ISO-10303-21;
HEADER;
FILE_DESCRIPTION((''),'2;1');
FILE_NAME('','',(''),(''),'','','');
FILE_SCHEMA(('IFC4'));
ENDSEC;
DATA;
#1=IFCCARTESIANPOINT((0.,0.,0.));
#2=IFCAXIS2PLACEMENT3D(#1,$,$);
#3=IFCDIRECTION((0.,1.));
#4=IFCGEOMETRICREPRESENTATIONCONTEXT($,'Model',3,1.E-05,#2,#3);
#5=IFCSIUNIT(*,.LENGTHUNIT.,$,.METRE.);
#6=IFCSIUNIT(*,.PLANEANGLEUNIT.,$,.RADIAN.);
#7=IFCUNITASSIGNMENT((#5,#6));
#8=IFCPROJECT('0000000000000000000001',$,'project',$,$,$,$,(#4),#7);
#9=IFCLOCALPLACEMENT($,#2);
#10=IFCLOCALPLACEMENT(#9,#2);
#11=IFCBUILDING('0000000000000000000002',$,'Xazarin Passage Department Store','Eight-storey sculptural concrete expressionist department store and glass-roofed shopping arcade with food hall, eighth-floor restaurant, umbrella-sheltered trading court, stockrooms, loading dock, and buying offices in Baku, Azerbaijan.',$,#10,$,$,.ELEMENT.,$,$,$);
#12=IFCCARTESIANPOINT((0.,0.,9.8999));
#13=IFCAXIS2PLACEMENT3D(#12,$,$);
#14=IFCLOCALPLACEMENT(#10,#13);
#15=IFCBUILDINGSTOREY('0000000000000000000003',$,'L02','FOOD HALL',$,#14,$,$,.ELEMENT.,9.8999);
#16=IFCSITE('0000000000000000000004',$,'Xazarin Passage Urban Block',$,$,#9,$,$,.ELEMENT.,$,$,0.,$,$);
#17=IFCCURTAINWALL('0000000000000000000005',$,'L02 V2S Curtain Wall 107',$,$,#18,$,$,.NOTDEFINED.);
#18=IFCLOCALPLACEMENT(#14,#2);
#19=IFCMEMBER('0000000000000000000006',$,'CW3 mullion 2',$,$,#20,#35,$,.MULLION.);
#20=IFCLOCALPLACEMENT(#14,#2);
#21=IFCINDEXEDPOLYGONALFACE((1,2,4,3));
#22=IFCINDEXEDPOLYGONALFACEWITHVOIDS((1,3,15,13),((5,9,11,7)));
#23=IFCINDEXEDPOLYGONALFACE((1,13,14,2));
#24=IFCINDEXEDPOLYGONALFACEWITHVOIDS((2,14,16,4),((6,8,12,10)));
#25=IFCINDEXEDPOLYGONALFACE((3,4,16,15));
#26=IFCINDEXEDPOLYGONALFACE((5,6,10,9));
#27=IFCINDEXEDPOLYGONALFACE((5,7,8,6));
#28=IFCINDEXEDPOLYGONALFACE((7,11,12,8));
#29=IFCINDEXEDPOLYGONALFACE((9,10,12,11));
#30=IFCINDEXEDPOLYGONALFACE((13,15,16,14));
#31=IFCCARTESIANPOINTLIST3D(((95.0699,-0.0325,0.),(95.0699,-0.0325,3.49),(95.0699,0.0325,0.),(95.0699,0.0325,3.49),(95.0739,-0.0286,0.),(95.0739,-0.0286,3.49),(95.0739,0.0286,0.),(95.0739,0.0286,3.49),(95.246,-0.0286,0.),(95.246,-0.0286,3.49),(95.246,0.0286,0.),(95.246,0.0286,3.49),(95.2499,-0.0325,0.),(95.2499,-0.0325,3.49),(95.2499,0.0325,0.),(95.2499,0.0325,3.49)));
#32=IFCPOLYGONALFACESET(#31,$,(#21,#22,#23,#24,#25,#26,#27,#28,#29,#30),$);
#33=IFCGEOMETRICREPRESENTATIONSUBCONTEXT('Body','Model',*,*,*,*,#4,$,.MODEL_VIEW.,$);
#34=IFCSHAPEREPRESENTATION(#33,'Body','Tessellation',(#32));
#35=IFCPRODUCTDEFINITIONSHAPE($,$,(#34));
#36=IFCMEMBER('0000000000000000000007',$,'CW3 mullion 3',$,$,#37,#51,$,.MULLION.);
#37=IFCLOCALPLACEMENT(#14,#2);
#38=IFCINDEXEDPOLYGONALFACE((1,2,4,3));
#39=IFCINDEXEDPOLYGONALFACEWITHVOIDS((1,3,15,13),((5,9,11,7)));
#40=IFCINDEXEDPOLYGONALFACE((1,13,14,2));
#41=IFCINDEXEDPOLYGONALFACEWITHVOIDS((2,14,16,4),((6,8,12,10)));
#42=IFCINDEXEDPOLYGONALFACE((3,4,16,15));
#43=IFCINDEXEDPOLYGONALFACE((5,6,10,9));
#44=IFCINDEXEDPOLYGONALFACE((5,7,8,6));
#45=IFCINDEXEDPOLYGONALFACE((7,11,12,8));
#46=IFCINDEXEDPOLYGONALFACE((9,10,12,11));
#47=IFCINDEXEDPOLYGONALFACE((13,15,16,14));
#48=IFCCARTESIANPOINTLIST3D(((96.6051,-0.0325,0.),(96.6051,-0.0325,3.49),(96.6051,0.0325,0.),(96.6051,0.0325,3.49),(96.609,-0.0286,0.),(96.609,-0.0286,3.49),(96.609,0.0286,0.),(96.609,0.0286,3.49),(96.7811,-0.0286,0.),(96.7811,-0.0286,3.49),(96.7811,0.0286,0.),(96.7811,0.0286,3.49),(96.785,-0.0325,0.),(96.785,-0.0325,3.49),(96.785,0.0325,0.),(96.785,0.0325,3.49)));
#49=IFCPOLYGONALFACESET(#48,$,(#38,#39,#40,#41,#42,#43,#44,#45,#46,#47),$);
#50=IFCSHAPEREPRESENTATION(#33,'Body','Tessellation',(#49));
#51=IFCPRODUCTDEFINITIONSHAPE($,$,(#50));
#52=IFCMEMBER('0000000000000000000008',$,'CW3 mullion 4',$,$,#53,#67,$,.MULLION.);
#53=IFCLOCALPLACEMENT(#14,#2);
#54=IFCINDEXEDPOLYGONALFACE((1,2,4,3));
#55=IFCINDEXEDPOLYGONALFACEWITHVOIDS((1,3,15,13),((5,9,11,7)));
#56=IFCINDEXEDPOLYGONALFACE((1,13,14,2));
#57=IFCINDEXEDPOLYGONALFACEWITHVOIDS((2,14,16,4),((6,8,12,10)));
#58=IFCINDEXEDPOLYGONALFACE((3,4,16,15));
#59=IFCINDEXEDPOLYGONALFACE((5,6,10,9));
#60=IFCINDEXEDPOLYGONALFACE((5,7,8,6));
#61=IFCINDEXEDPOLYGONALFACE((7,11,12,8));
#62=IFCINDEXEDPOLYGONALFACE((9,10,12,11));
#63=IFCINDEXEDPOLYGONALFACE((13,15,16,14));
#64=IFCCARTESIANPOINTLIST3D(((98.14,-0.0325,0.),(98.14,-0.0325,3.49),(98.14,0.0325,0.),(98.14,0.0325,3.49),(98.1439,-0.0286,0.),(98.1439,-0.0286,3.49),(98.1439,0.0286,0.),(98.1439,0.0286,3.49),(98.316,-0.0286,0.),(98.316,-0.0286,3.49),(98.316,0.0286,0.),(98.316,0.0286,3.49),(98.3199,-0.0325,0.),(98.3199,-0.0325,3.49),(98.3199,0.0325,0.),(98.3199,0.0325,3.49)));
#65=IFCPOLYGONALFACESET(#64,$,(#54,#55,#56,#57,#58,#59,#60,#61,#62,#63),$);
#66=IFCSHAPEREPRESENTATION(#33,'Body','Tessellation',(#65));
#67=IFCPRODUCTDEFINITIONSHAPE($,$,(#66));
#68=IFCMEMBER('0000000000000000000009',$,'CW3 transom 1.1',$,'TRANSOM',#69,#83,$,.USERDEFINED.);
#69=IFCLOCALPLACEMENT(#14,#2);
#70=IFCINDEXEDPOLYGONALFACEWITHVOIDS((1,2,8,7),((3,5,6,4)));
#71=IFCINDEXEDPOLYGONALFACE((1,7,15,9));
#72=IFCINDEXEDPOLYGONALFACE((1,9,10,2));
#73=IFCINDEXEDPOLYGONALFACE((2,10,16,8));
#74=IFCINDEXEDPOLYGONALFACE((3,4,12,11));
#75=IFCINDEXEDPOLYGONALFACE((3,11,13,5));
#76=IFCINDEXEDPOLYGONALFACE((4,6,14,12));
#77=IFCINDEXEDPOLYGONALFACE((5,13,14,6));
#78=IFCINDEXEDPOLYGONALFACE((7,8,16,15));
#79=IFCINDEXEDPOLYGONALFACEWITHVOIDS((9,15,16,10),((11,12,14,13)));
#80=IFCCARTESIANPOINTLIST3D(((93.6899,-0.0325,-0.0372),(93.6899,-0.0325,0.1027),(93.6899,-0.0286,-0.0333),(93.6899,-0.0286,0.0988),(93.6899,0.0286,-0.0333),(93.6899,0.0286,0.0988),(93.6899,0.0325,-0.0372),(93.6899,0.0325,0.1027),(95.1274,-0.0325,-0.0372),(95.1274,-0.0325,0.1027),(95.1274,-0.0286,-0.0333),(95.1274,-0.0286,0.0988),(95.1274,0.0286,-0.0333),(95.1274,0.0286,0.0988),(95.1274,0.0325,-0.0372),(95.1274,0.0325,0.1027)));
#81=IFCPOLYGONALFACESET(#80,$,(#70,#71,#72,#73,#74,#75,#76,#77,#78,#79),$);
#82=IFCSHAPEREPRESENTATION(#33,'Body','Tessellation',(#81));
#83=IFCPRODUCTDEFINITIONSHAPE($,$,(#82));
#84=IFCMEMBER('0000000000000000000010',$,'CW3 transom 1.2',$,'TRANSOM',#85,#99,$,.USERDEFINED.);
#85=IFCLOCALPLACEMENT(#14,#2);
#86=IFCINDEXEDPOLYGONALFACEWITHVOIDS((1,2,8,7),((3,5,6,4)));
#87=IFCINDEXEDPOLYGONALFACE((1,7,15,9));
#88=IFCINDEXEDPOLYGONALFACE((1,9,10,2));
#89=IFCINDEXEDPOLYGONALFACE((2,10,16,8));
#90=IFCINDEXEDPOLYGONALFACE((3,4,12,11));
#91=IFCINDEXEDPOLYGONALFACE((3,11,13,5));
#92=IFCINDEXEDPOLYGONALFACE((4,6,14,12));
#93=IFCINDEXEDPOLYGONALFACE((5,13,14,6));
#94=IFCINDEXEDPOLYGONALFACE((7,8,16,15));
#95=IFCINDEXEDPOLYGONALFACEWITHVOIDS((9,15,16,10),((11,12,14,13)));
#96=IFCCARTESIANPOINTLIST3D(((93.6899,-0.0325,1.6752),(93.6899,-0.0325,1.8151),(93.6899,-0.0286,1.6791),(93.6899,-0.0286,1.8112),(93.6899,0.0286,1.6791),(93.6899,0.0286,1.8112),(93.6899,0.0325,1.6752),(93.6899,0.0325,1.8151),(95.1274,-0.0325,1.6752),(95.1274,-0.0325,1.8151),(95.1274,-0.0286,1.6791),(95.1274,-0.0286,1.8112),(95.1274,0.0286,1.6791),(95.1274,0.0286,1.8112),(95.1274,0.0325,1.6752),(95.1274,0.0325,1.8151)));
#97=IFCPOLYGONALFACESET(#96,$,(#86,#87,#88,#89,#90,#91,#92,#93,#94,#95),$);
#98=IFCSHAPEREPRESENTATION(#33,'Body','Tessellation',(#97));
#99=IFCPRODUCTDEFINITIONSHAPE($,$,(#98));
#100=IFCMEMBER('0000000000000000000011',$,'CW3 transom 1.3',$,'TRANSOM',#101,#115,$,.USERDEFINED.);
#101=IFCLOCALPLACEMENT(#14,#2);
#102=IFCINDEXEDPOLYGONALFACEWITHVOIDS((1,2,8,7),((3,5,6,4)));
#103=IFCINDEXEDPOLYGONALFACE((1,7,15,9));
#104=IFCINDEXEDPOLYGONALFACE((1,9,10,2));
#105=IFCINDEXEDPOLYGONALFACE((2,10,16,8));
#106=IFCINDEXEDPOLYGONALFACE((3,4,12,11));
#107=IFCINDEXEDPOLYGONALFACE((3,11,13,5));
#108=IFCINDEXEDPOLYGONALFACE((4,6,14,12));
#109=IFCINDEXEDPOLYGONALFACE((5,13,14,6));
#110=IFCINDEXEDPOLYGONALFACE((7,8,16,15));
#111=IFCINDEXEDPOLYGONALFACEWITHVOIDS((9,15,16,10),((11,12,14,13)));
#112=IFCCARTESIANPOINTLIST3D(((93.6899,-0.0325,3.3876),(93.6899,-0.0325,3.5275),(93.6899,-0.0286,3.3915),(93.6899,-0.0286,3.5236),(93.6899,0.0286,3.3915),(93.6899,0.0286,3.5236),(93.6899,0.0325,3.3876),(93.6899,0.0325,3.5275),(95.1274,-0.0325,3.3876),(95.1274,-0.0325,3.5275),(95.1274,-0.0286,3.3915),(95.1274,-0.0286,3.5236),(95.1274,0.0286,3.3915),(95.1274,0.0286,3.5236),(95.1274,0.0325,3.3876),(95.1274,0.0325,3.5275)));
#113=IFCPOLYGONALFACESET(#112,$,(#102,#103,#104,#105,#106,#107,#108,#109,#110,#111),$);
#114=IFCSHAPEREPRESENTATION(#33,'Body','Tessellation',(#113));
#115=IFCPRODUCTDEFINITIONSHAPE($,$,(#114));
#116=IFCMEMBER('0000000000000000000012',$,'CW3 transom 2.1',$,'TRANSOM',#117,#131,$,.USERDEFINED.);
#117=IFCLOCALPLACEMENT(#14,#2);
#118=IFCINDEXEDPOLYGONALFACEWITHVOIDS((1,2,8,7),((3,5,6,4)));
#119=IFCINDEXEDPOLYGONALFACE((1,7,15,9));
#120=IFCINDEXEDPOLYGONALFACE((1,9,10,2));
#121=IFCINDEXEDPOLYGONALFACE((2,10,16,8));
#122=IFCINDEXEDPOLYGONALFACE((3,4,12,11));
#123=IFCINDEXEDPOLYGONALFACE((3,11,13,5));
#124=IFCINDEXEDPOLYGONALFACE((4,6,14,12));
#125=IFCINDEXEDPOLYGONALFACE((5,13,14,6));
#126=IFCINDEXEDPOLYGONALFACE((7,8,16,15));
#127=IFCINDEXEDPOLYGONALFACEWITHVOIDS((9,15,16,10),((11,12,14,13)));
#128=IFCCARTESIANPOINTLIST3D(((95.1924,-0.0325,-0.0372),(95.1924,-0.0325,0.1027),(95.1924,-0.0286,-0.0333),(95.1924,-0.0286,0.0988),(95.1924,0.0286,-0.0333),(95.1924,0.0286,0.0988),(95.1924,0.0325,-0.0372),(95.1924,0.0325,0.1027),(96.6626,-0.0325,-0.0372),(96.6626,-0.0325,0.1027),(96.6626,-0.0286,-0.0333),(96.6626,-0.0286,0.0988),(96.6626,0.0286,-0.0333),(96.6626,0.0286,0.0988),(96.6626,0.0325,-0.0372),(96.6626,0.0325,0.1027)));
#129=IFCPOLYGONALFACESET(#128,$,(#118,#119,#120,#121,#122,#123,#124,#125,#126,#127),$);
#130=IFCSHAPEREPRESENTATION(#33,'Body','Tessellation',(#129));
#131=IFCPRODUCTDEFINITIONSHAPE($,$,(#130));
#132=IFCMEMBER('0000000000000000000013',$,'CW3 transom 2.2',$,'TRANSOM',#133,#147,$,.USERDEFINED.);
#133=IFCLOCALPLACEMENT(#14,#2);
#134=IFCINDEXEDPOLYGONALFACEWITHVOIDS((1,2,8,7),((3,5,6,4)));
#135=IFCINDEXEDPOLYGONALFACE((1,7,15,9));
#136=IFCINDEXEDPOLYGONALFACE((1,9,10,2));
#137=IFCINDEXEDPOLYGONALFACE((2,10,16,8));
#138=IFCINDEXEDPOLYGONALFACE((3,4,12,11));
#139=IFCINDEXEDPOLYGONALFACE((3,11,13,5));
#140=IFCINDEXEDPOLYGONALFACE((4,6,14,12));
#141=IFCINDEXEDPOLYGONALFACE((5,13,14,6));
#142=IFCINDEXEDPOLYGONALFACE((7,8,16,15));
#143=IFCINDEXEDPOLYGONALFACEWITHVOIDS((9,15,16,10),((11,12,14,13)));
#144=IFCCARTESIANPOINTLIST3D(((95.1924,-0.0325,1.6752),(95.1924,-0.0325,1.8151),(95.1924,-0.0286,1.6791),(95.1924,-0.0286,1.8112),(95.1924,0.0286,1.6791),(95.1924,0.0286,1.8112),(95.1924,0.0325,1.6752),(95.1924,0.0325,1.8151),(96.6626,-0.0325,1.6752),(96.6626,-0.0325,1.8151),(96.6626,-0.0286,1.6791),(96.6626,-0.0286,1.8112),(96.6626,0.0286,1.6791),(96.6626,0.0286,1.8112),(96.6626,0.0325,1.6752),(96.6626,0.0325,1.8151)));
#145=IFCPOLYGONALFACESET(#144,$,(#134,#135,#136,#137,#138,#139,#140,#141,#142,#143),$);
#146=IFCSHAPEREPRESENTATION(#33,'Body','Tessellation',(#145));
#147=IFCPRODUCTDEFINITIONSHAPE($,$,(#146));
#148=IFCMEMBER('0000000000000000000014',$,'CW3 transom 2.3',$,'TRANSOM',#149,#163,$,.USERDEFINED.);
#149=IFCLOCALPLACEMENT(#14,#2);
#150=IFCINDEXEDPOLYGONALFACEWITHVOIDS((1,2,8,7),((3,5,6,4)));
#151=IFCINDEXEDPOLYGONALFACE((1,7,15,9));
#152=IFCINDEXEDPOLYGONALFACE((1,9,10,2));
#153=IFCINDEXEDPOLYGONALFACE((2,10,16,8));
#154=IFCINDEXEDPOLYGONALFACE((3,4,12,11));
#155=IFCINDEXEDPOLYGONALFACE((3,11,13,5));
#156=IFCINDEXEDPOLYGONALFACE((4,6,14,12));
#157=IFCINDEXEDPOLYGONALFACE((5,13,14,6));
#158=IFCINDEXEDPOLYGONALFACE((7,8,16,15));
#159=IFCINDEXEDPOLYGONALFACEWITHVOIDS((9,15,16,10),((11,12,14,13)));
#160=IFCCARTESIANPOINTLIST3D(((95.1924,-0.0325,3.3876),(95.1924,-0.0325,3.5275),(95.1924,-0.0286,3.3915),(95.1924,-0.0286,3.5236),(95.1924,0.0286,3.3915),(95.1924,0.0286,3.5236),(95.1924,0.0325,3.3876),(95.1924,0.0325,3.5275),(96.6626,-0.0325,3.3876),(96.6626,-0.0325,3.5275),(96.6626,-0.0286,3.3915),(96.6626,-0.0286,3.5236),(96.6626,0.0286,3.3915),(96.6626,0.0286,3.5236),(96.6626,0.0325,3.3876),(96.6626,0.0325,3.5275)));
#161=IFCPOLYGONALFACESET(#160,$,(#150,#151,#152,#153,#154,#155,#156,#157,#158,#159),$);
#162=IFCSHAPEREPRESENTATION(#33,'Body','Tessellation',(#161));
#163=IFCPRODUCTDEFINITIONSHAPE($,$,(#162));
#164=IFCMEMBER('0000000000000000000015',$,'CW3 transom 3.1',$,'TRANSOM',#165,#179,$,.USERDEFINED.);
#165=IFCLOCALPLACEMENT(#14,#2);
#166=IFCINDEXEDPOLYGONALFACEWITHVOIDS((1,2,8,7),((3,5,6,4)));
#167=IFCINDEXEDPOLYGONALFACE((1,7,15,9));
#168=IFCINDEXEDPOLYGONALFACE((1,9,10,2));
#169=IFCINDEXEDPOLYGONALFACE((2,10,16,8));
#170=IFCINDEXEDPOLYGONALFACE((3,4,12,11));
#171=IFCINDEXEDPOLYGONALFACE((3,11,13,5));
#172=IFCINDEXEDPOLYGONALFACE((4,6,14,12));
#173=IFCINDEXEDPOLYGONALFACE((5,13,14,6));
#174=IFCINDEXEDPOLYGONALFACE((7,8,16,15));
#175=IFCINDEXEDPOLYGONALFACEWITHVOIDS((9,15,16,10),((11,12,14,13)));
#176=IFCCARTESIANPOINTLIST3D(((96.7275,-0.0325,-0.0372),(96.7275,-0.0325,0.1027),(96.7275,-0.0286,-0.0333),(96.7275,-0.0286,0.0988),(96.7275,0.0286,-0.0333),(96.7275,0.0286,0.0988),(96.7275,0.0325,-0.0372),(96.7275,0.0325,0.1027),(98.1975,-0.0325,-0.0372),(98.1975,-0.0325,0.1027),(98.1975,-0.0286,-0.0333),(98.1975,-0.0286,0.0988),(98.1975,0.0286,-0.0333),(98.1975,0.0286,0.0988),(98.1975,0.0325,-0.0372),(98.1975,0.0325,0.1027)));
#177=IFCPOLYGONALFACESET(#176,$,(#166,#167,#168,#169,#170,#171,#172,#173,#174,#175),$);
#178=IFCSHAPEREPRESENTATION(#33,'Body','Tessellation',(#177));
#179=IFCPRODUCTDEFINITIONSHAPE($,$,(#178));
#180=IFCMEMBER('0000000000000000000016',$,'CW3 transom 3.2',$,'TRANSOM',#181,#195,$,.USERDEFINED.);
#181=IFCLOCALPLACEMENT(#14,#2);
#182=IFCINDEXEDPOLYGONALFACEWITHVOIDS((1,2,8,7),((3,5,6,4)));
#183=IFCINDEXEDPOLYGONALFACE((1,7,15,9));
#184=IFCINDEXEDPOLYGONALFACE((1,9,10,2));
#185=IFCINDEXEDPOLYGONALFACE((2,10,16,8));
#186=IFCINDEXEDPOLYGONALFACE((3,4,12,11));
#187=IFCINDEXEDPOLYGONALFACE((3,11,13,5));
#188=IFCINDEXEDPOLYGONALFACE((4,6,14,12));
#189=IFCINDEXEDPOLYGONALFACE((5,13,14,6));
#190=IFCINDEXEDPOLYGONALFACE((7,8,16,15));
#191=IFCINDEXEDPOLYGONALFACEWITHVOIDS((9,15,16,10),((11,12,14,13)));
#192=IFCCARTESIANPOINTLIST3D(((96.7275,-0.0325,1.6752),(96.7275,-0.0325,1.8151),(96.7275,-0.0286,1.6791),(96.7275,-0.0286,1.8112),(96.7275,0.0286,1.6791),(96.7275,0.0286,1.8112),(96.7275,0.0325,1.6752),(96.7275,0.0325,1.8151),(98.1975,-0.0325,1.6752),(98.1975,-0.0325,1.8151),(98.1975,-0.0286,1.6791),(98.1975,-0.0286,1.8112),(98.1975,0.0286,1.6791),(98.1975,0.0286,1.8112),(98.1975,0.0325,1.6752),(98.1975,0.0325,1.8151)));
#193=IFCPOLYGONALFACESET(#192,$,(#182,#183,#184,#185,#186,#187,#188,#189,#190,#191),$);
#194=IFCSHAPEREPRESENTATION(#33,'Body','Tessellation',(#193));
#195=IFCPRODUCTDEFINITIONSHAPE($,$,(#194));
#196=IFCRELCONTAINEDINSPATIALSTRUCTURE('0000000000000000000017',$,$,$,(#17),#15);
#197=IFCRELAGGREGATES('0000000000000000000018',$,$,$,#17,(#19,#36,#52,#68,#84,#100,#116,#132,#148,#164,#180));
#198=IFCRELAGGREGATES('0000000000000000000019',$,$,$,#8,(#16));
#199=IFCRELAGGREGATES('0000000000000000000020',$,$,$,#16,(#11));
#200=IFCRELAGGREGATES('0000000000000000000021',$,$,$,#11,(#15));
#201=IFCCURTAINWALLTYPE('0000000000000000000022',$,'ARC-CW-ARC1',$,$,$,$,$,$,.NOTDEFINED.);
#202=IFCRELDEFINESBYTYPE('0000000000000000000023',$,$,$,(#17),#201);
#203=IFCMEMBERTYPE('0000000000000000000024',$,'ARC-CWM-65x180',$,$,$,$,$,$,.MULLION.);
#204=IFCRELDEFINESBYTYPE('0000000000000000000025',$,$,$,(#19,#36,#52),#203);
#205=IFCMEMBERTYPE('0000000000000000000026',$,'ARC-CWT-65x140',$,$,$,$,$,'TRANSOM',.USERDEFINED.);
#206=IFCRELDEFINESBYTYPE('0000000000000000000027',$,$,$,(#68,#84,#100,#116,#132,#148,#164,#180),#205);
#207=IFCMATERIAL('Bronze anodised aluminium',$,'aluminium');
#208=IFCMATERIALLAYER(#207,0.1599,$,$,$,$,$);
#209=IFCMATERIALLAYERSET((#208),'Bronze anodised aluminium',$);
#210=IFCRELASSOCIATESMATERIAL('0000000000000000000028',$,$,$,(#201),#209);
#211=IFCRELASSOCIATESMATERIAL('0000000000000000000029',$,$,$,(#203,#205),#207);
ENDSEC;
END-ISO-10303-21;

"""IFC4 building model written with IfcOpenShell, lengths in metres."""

from ifc_helpers import new_model, si_unit, direction, frame, origin, origin_2d, place, context, subcontext, project, spatial, hollow_rectangle, extrude, material, layer, layer_set, material_profile, profile_set, type_object, element, aggregate, save


model = new_model("IFC4")

# Units and contexts
model_context = context("Model", 3, precision=1e-05, world=origin(), true_north=direction((0.0, 1.0)))
body_context = subcontext(model_context, "Body", "Model", "MODEL_VIEW")
ifc_project = project(units=[si_unit("LENGTHUNIT", "METRE"), si_unit("PLANEANGLEUNIT", "RADIAN")], contexts=[model_context])

# Site, building, storey
site_placement = place(None, origin())
site = spatial("IfcSite", under=ifc_project, at=site_placement, Name="Xazarin Passage Urban Block", CompositionType="ELEMENT", RefElevation=0.0)
building_placement = place(site_placement, origin())
building = spatial("IfcBuilding", under=site, at=building_placement, Name="Xazarin Passage Department Store", Description="Eight-storey sculptural concrete expressionist department store and glass-roofed shopping arcade with food hall, eighth-floor restaurant, umbrella-sheltered trading court, stockrooms, loading dock, and buying offices in Baku, Azerbaijan.", CompositionType="ELEMENT")
storey_placement = place(building_placement, frame((0.0, 0.0, 9.8999)))
storey = spatial("IfcBuildingStorey", under=building, at=storey_placement, Name="L02", Description="FOOD HALL", CompositionType="ELEMENT", Elevation=9.8999)

# Curtain wall, members
ifc_material_1 = material(Name="Bronze anodised aluminium", Category="aluminium")
ifc_layer_1 = layer(ifc_material_1, 0.1599)
ifc_layer_set_1 = layer_set([ifc_layer_1], Name="Bronze anodised aluminium")
curtain_wall_type = type_object("IfcCurtainWallType", Name="ARC-CW-ARC1", PredefinedType="NOTDEFINED", material=ifc_layer_set_1)
curtain_wall_placement = place(storey_placement, origin())
curtain_wall = element("IfcCurtainWall", 1, at=curtain_wall_placement, inside=storey, type_object=curtain_wall_type, Name="L02 V2S Curtain Wall 107", PredefinedType="NOTDEFINED")
ifc_material_profile_1 = material_profile(ifc_material_1, hollow_rectangle(XDim=0.0649, YDim=0.1799, WallThickness=0.0039, at=origin_2d()), Name="ALU 65x180")
ifc_profile_set_1 = profile_set([ifc_material_profile_1], Name="Bronze anodised aluminium")
member_type_1 = type_object("IfcMemberType", Name="ARC-CWM-65x180", PredefinedType="MULLION", material=ifc_profile_set_1)
member_1_placement = place(storey_placement, frame((95.1599, 0.0, 0.0), z_axis=(0.0, 0.0, 1.0), x_axis=(0.0, 1.0, 0.0)))
member_1 = element("IfcMember", 2, at=member_1_placement, type_object=member_type_1, Name="CW3 mullion 2", PredefinedType="MULLION", context=body_context, shape_type="SweptSolid", body=[
    extrude(hollow_rectangle(XDim=0.0649, YDim=0.1799, WallThickness=0.0039, at=origin_2d()), origin(), (0.0, 0.0, 1.0), 3.49),
])
member_2_placement = place(storey_placement, frame((96.6951, 0.0, 0.0), z_axis=(0.0, 0.0, 1.0), x_axis=(0.0, 1.0, 0.0)))
member_2 = element("IfcMember", 3, at=member_2_placement, type_object=member_type_1, Name="CW3 mullion 3", PredefinedType="MULLION", context=body_context, shape_type="SweptSolid", body=[
    extrude(hollow_rectangle(XDim=0.0649, YDim=0.1799, WallThickness=0.0039, at=origin_2d()), origin(), (0.0, 0.0, 1.0), 3.49),
])
member_3_placement = place(storey_placement, frame((98.23, 0.0, 0.0), z_axis=(0.0, 0.0, 1.0), x_axis=(0.0, 1.0, 0.0)))
member_3 = element("IfcMember", 4, at=member_3_placement, type_object=member_type_1, Name="CW3 mullion 4", PredefinedType="MULLION", context=body_context, shape_type="SweptSolid", body=[
    extrude(hollow_rectangle(XDim=0.0649, YDim=0.1799, WallThickness=0.0039, at=origin_2d()), origin(), (0.0, 0.0, 1.0), 3.49),
])
ifc_material_profile_2 = material_profile(ifc_material_1, hollow_rectangle(XDim=0.0649, YDim=0.1399, WallThickness=0.0039, at=origin_2d()), Name="ALU 65x140")
ifc_profile_set_2 = profile_set([ifc_material_profile_2], Name="Bronze anodised aluminium")
member_type_2 = type_object("IfcMemberType", Name="ARC-CWT-65x140", ElementType="TRANSOM", PredefinedType="USERDEFINED", material=ifc_profile_set_2)
member_4_placement = place(storey_placement, frame((93.6899, 0.0, 0.0327), z_axis=(1.0, 0.0, 0.0), x_axis=(0.0, 1.0, 0.0)))
member_4 = element("IfcMember", 5, at=member_4_placement, type_object=member_type_2, Name="CW3 transom 1.1", ObjectType="TRANSOM", PredefinedType="USERDEFINED", context=body_context, shape_type="SweptSolid", body=[
    extrude(hollow_rectangle(XDim=0.0649, YDim=0.1399, WallThickness=0.0039, at=origin_2d()), origin(), (0.0, 0.0, 1.0), 1.4375),
])
member_5_placement = place(storey_placement, frame((93.6899, 0.0, 1.7451), z_axis=(1.0, 0.0, 0.0), x_axis=(0.0, 1.0, 0.0)))
member_5 = element("IfcMember", 6, at=member_5_placement, type_object=member_type_2, Name="CW3 transom 1.2", ObjectType="TRANSOM", PredefinedType="USERDEFINED", context=body_context, shape_type="SweptSolid", body=[
    extrude(hollow_rectangle(XDim=0.0649, YDim=0.1399, WallThickness=0.0039, at=origin_2d()), origin(), (0.0, 0.0, 1.0), 1.4375),
])
member_6_placement = place(storey_placement, frame((93.6899, 0.0, 3.4575), z_axis=(1.0, 0.0, 0.0), x_axis=(0.0, 1.0, 0.0)))
member_6 = element("IfcMember", 7, at=member_6_placement, type_object=member_type_2, Name="CW3 transom 1.3", ObjectType="TRANSOM", PredefinedType="USERDEFINED", context=body_context, shape_type="SweptSolid", body=[
    extrude(hollow_rectangle(XDim=0.0649, YDim=0.1399, WallThickness=0.0039, at=origin_2d()), origin(), (0.0, 0.0, 1.0), 1.4375),
])
member_7_placement = place(storey_placement, frame((95.1924, 0.0, 0.0327), z_axis=(1.0, 0.0, 0.0), x_axis=(0.0, 1.0, 0.0)))
member_7 = element("IfcMember", 8, at=member_7_placement, type_object=member_type_2, Name="CW3 transom 2.1", ObjectType="TRANSOM", PredefinedType="USERDEFINED", context=body_context, shape_type="SweptSolid", body=[
    extrude(hollow_rectangle(XDim=0.0649, YDim=0.1399, WallThickness=0.0039, at=origin_2d()), origin(), (0.0, 0.0, 1.0), 1.4702),
])
member_8_placement = place(storey_placement, frame((95.1924, 0.0, 1.7451), z_axis=(1.0, 0.0, 0.0), x_axis=(0.0, 1.0, 0.0)))
member_8 = element("IfcMember", 9, at=member_8_placement, type_object=member_type_2, Name="CW3 transom 2.2", ObjectType="TRANSOM", PredefinedType="USERDEFINED", context=body_context, shape_type="SweptSolid", body=[
    extrude(hollow_rectangle(XDim=0.0649, YDim=0.1399, WallThickness=0.0039, at=origin_2d()), origin(), (0.0, 0.0, 1.0), 1.4702),
])
member_9_placement = place(storey_placement, frame((95.1924, 0.0, 3.4575), z_axis=(1.0, 0.0, 0.0), x_axis=(0.0, 1.0, 0.0)))
member_9 = element("IfcMember", 10, at=member_9_placement, type_object=member_type_2, Name="CW3 transom 2.3", ObjectType="TRANSOM", PredefinedType="USERDEFINED", context=body_context, shape_type="SweptSolid", body=[
    extrude(hollow_rectangle(XDim=0.0649, YDim=0.1399, WallThickness=0.0039, at=origin_2d()), origin(), (0.0, 0.0, 1.0), 1.4702),
])
member_10_placement = place(storey_placement, frame((96.7275, 0.0, 0.0327), z_axis=(1.0, 0.0, 0.0), x_axis=(0.0, 1.0, 0.0)))
member_10 = element("IfcMember", 11, at=member_10_placement, type_object=member_type_2, Name="CW3 transom 3.1", ObjectType="TRANSOM", PredefinedType="USERDEFINED", context=body_context, shape_type="SweptSolid", body=[
    extrude(hollow_rectangle(XDim=0.0649, YDim=0.1399, WallThickness=0.0039, at=origin_2d()), origin(), (0.0, 0.0, 1.0), 1.47),
])
member_11_placement = place(storey_placement, frame((96.7275, 0.0, 1.7451), z_axis=(1.0, 0.0, 0.0), x_axis=(0.0, 1.0, 0.0)))
member_11 = element("IfcMember", 12, at=member_11_placement, type_object=member_type_2, Name="CW3 transom 3.2", ObjectType="TRANSOM", PredefinedType="USERDEFINED", context=body_context, shape_type="SweptSolid", body=[
    extrude(hollow_rectangle(XDim=0.0649, YDim=0.1399, WallThickness=0.0039, at=origin_2d()), origin(), (0.0, 0.0, 1.0), 1.47),
])
aggregate(curtain_wall, [member_1, member_2, member_3, member_4, member_5, member_6, member_7, member_8, member_9, member_10, member_11])

save(model, "model.ifc")
